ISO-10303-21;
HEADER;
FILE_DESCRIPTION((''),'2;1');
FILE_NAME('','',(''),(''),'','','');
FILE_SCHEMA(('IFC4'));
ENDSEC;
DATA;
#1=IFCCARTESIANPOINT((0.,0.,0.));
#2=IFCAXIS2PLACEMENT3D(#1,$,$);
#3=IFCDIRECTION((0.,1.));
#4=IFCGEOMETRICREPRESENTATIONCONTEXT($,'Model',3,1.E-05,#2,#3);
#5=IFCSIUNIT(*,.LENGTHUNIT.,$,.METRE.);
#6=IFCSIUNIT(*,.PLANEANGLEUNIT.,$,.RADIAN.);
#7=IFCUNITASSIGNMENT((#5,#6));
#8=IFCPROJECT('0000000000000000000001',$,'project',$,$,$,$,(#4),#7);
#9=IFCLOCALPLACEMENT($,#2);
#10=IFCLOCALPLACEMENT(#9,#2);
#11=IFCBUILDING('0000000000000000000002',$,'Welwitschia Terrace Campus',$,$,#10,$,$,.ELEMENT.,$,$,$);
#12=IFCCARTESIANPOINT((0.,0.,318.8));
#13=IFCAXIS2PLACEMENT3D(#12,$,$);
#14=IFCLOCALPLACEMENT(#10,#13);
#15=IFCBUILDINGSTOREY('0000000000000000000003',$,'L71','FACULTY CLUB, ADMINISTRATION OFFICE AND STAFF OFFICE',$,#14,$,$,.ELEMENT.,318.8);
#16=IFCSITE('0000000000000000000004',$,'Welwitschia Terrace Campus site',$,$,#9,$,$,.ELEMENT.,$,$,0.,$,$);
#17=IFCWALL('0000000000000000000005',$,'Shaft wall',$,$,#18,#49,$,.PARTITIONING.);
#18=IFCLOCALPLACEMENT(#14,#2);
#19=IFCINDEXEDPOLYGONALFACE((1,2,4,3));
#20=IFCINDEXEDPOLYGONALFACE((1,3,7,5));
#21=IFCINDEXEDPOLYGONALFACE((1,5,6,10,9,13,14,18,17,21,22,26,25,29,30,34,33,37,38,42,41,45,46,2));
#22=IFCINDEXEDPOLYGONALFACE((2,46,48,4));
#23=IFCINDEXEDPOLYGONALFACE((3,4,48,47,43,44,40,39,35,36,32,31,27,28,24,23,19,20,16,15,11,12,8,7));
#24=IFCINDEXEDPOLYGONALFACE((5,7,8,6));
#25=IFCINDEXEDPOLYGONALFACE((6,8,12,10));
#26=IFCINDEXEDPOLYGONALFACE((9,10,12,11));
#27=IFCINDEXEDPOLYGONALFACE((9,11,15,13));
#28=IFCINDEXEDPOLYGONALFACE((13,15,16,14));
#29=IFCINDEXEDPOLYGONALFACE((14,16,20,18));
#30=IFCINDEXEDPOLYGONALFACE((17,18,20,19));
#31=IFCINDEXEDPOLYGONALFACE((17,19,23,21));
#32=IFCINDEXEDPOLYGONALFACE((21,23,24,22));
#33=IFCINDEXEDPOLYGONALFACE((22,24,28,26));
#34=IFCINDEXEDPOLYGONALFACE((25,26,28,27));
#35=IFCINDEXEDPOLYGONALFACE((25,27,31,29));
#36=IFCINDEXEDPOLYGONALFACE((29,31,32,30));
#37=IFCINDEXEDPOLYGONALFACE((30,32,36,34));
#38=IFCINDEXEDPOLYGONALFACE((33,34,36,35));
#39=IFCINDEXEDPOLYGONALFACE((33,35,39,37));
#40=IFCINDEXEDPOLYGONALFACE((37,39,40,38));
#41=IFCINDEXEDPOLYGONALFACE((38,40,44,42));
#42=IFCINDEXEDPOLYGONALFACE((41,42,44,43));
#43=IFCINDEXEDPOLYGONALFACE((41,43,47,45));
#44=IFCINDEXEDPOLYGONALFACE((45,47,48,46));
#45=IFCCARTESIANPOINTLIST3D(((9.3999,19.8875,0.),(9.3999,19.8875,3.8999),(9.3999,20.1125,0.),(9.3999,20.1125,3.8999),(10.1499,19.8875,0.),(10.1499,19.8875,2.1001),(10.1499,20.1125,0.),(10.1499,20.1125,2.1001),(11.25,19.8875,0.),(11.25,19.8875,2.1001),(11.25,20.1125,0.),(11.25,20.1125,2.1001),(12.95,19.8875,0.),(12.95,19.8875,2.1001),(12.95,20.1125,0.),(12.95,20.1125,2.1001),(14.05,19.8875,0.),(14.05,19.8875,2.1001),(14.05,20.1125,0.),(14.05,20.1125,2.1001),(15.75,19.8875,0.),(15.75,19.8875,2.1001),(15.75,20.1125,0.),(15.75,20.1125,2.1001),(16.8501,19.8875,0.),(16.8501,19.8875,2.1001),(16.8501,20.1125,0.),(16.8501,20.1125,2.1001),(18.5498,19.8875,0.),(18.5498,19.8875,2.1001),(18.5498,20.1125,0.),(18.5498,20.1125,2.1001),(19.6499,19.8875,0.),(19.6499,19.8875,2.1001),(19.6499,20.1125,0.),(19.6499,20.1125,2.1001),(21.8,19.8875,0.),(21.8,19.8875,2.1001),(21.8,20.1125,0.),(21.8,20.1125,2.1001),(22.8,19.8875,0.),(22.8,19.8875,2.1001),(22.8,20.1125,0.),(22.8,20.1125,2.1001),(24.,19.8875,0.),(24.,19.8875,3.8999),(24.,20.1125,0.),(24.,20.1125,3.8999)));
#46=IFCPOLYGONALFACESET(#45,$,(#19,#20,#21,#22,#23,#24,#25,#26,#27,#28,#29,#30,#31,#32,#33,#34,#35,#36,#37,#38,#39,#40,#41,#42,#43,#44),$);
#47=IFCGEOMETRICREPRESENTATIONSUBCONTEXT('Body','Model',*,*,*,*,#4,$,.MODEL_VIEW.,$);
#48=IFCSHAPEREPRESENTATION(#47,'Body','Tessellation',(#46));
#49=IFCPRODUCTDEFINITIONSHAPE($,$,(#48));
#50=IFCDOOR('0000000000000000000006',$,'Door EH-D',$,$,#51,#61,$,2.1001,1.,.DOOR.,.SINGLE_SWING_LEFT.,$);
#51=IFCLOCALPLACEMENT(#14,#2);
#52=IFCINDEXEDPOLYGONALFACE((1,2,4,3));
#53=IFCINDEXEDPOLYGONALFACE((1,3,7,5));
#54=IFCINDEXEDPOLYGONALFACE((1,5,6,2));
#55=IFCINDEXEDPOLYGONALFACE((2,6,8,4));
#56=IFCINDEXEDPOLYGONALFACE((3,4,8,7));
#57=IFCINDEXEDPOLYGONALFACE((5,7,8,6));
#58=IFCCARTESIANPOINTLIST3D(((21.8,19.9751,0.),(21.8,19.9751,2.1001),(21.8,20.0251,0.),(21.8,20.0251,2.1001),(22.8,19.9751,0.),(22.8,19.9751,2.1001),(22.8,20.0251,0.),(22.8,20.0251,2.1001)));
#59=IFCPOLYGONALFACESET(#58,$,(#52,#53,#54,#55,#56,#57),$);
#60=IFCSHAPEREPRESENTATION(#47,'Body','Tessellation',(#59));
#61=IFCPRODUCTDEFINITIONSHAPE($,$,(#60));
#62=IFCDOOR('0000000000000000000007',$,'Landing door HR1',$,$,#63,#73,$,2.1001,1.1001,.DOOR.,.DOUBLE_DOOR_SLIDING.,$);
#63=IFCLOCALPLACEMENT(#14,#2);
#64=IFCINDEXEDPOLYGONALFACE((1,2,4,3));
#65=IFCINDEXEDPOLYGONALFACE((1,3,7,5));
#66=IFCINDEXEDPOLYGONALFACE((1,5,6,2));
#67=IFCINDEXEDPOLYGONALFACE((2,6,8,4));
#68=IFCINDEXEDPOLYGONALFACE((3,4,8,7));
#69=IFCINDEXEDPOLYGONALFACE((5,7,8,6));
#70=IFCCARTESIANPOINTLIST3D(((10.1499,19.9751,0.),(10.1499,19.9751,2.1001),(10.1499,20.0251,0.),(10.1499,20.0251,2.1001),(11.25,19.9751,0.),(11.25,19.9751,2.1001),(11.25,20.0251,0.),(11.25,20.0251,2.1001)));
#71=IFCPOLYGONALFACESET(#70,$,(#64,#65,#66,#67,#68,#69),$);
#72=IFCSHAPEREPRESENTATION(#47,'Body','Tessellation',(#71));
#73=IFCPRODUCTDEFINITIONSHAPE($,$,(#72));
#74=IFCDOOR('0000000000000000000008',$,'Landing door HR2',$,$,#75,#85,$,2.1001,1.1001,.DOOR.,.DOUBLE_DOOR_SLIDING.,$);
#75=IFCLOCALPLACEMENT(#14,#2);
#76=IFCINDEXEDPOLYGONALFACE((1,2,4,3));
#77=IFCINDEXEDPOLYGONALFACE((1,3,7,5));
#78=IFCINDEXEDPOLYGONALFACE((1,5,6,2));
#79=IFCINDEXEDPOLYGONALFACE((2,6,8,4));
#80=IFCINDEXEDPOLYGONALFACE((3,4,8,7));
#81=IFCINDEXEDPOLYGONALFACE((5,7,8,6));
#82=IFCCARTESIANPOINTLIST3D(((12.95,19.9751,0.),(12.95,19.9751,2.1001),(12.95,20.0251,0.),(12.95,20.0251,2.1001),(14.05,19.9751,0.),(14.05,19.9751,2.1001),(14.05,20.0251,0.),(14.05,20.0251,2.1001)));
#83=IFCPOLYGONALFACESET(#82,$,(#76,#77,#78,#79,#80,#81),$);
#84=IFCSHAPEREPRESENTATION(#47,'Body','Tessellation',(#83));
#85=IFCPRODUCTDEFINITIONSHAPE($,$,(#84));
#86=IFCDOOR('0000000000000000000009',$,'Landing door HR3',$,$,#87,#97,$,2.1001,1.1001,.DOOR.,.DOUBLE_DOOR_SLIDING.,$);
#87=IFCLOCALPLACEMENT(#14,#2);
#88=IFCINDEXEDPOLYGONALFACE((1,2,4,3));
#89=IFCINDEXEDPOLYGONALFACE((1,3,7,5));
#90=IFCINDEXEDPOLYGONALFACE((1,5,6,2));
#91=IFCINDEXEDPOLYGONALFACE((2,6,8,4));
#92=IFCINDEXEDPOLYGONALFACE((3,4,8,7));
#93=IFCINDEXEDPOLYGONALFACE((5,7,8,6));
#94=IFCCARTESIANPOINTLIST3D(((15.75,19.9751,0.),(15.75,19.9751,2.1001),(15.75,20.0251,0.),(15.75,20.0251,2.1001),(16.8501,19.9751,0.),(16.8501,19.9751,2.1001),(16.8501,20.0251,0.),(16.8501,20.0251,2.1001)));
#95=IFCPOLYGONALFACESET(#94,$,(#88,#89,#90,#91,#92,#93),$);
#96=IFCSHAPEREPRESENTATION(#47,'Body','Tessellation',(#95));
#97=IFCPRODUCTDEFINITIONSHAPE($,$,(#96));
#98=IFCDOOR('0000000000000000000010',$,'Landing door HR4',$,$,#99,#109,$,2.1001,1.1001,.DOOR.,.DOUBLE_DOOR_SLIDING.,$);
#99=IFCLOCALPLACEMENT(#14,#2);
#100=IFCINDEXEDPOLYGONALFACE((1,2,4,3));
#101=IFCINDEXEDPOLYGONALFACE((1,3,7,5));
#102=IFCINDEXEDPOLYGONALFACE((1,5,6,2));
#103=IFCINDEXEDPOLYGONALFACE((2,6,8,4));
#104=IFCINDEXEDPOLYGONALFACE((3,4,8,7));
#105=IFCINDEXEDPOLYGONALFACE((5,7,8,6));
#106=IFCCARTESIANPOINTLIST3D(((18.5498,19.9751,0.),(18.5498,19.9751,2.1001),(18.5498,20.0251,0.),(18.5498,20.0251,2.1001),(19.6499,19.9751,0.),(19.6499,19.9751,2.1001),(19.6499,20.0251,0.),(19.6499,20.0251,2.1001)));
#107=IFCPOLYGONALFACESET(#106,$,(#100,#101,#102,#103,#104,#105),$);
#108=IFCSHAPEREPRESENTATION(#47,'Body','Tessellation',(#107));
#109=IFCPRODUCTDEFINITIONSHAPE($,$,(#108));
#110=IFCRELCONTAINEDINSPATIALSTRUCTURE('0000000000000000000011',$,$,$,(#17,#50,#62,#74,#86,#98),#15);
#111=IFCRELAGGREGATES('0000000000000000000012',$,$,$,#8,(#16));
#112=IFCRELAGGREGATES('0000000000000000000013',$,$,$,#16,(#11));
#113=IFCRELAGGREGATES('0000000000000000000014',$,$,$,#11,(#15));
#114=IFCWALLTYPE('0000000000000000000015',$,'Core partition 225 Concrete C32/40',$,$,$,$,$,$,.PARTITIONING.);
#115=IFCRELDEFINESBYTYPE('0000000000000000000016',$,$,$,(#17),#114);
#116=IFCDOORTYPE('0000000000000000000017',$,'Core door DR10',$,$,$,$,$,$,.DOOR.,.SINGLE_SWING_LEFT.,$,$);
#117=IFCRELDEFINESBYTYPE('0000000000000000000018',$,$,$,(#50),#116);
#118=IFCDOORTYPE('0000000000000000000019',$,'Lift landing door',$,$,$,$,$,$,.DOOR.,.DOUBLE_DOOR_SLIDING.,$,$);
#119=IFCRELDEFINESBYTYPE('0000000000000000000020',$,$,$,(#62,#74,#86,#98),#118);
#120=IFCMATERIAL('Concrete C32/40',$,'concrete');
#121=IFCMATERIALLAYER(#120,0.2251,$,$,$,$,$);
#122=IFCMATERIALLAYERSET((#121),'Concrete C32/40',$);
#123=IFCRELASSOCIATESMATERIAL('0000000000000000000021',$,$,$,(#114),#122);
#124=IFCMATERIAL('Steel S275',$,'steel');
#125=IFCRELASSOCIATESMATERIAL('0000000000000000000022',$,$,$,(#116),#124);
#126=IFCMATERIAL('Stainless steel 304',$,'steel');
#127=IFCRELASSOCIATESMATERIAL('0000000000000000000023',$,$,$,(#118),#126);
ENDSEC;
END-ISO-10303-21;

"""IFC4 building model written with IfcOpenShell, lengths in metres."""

from ifc_helpers import new_model, si_unit, direction, frame, frame_2d, origin, place, context, subcontext, project, spatial, rectangle, extrude, material, layer, layer_set, type_object, element, fill, save


model = new_model("IFC4")

# Units and contexts
model_context = context("Model", 3, precision=1e-05, world=origin(), true_north=direction((0.0, 1.0)))
body_context = subcontext(model_context, "Body", "Model", "MODEL_VIEW")
ifc_project = project(units=[si_unit("LENGTHUNIT", "METRE"), si_unit("PLANEANGLEUNIT", "RADIAN")], contexts=[model_context])

# Site, building, storey
site_placement = place(None, origin())
site = spatial("IfcSite", under=ifc_project, at=site_placement, Name="Welwitschia Terrace Campus site", CompositionType="ELEMENT", RefElevation=0.0)
building_placement = place(site_placement, origin())
building = spatial("IfcBuilding", under=site, at=building_placement, Name="Welwitschia Terrace Campus", CompositionType="ELEMENT")
storey_placement = place(building_placement, frame((0.0, 0.0, 318.8)))
storey = spatial("IfcBuildingStorey", under=building, at=storey_placement, Name="L71", Description="FACULTY CLUB, ADMINISTRATION OFFICE AND STAFF OFFICE", CompositionType="ELEMENT", Elevation=318.8)

# Wall, openings, doors
ifc_material_1 = material(Name="Concrete C32/40", Category="concrete")
ifc_layer_1 = layer(ifc_material_1, 0.2251)
ifc_layer_set_1 = layer_set([ifc_layer_1], Name="Concrete C32/40")
wall_type_1 = type_object("IfcWallType", Name="Core partition 225 Concrete C32/40", PredefinedType="PARTITIONING", material=ifc_layer_set_1)
wall_1_placement = place(storey_placement, frame((24.0, 20.0, 0.0), z_axis=(0.0, 0.0, 1.0), x_axis=(-1.0, 0.0, 0.0)))
wall_1 = element("IfcWall", 1, at=wall_1_placement, inside=storey, type_object=wall_type_1, Name="Shaft wall", PredefinedType="PARTITIONING", context=body_context, shape_type="SweptSolid", body=[
    extrude(rectangle(XDim=14.6001, YDim=0.2251, at=frame_2d((7.3, 0.0))), origin(), (0.0, 0.0, 1.0), 3.8999),
])
opening_1_placement = place(wall_1_placement, frame((12.75, 0.0, 0.0)))
opening_1 = element("IfcOpeningElement", 2, at=opening_1_placement, cuts=wall_1, PredefinedType="OPENING", context=body_context, shape_type="SweptSolid", body=[
    extrude(rectangle(XDim=1.1001, YDim=2.1001, at=frame_2d((0.55, 1.05))), frame((0.0, 0.1226, 0.0), z_axis=(0.0, -1.0, 0.0), x_axis=(1.0, 0.0, 0.0)), (0.0, 0.0, 1.0), 0.2451),
])
opening_2_placement = place(wall_1_placement, frame((9.95, 0.0, 0.0)))
opening_2 = element("IfcOpeningElement", 3, at=opening_2_placement, cuts=wall_1, PredefinedType="OPENING", context=body_context, shape_type="SweptSolid", body=[
    extrude(rectangle(XDim=1.1001, YDim=2.1001, at=frame_2d((0.55, 1.05))), frame((0.0, 0.1226, 0.0), z_axis=(0.0, -1.0, 0.0), x_axis=(1.0, 0.0, 0.0)), (0.0, 0.0, 1.0), 0.2451),
])
opening_3_placement = place(wall_1_placement, frame((7.1499, 0.0, 0.0)))
opening_3 = element("IfcOpeningElement", 4, at=opening_3_placement, cuts=wall_1, PredefinedType="OPENING", context=body_context, shape_type="SweptSolid", body=[
    extrude(rectangle(XDim=1.1001, YDim=2.1001, at=frame_2d((0.55, 1.05))), frame((0.0, 0.1226, 0.0), z_axis=(0.0, -1.0, 0.0), x_axis=(1.0, 0.0, 0.0)), (0.0, 0.0, 1.0), 0.2451),
])
opening_4_placement = place(wall_1_placement, frame((4.3501, 0.0, 0.0)))
opening_4 = element("IfcOpeningElement", 5, at=opening_4_placement, cuts=wall_1, PredefinedType="OPENING", context=body_context, shape_type="SweptSolid", body=[
    extrude(rectangle(XDim=1.1001, YDim=2.1001, at=frame_2d((0.55, 1.05))), frame((0.0, 0.1226, 0.0), z_axis=(0.0, -1.0, 0.0), x_axis=(1.0, 0.0, 0.0)), (0.0, 0.0, 1.0), 0.2451),
])
opening_5_placement = place(wall_1_placement, frame((1.2, 0.0, 0.0)))
opening_5 = element("IfcOpeningElement", 6, at=opening_5_placement, cuts=wall_1, PredefinedType="OPENING", context=body_context, shape_type="SweptSolid", body=[
    extrude(rectangle(XDim=1.0, YDim=2.1001, at=frame_2d((0.5, 1.05))), frame((0.0, 0.1226, 0.0), z_axis=(0.0, -1.0, 0.0), x_axis=(1.0, 0.0, 0.0)), (0.0, 0.0, 1.0), 0.2451),
])
ifc_material_2 = material(Name="Steel S275", Category="steel")
door_type_1 = type_object("IfcDoorType", Name="Core door DR10", OperationType="SINGLE_SWING_LEFT", PredefinedType="DOOR", material=ifc_material_2)
door_1_placement = place(opening_5_placement, origin())
door_1 = element("IfcDoor", 7, at=door_1_placement, inside=storey, type_object=door_type_1, Name="Door EH-D", OperationType="SINGLE_SWING_LEFT", OverallHeight=2.1001, OverallWidth=1.0, PredefinedType="DOOR", context=body_context, shape_type="SweptSolid", body=[
    extrude(rectangle(XDim=1.0, YDim=2.1001, at=frame_2d((0.5, 1.05))), frame((0.0, 0.0249, 0.0), z_axis=(0.0, -1.0, 0.0), x_axis=(1.0, 0.0, 0.0)), (0.0, 0.0, 1.0), 0.05),
])
fill(opening_5, door_1)
ifc_material_3 = material(Name="Stainless steel 304", Category="steel")
door_type_2 = type_object("IfcDoorType", Name="Lift landing door", OperationType="DOUBLE_DOOR_SLIDING", PredefinedType="DOOR", material=ifc_material_3)
door_2_placement = place(opening_1_placement, origin())
door_2 = element("IfcDoor", 8, at=door_2_placement, inside=storey, type_object=door_type_2, Name="Landing door HR1", OperationType="DOUBLE_DOOR_SLIDING", OverallHeight=2.1001, OverallWidth=1.1001, PredefinedType="DOOR", context=body_context, shape_type="SweptSolid", body=[
    extrude(rectangle(XDim=1.1001, YDim=2.1001, at=frame_2d((0.55, 1.05))), frame((0.0, 0.0249, 0.0), z_axis=(0.0, -1.0, 0.0), x_axis=(1.0, 0.0, 0.0)), (0.0, 0.0, 1.0), 0.05),
])
fill(opening_1, door_2)
door_3_placement = place(opening_2_placement, origin())
door_3 = element("IfcDoor", 9, at=door_3_placement, inside=storey, type_object=door_type_2, Name="Landing door HR2", OperationType="DOUBLE_DOOR_SLIDING", OverallHeight=2.1001, OverallWidth=1.1001, PredefinedType="DOOR", context=body_context, shape_type="SweptSolid", body=[
    extrude(rectangle(XDim=1.1001, YDim=2.1001, at=frame_2d((0.55, 1.05))), frame((0.0, 0.0249, 0.0), z_axis=(0.0, -1.0, 0.0), x_axis=(1.0, 0.0, 0.0)), (0.0, 0.0, 1.0), 0.05),
])
fill(opening_2, door_3)
door_4_placement = place(opening_3_placement, origin())
door_4 = element("IfcDoor", 10, at=door_4_placement, inside=storey, type_object=door_type_2, Name="Landing door HR3", OperationType="DOUBLE_DOOR_SLIDING", OverallHeight=2.1001, OverallWidth=1.1001, PredefinedType="DOOR", context=body_context, shape_type="SweptSolid", body=[
    extrude(rectangle(XDim=1.1001, YDim=2.1001, at=frame_2d((0.55, 1.05))), frame((0.0, 0.0249, 0.0), z_axis=(0.0, -1.0, 0.0), x_axis=(1.0, 0.0, 0.0)), (0.0, 0.0, 1.0), 0.05),
])
fill(opening_3, door_4)
door_5_placement = place(opening_4_placement, origin())
door_5 = element("IfcDoor", 11, at=door_5_placement, inside=storey, type_object=door_type_2, Name="Landing door HR4", OperationType="DOUBLE_DOOR_SLIDING", OverallHeight=2.1001, OverallWidth=1.1001, PredefinedType="DOOR", context=body_context, shape_type="SweptSolid", body=[
    extrude(rectangle(XDim=1.1001, YDim=2.1001, at=frame_2d((0.55, 1.05))), frame((0.0, 0.0249, 0.0), z_axis=(0.0, -1.0, 0.0), x_axis=(1.0, 0.0, 0.0)), (0.0, 0.0, 1.0), 0.05),
])
fill(opening_4, door_5)

save(model, "model.ifc")
